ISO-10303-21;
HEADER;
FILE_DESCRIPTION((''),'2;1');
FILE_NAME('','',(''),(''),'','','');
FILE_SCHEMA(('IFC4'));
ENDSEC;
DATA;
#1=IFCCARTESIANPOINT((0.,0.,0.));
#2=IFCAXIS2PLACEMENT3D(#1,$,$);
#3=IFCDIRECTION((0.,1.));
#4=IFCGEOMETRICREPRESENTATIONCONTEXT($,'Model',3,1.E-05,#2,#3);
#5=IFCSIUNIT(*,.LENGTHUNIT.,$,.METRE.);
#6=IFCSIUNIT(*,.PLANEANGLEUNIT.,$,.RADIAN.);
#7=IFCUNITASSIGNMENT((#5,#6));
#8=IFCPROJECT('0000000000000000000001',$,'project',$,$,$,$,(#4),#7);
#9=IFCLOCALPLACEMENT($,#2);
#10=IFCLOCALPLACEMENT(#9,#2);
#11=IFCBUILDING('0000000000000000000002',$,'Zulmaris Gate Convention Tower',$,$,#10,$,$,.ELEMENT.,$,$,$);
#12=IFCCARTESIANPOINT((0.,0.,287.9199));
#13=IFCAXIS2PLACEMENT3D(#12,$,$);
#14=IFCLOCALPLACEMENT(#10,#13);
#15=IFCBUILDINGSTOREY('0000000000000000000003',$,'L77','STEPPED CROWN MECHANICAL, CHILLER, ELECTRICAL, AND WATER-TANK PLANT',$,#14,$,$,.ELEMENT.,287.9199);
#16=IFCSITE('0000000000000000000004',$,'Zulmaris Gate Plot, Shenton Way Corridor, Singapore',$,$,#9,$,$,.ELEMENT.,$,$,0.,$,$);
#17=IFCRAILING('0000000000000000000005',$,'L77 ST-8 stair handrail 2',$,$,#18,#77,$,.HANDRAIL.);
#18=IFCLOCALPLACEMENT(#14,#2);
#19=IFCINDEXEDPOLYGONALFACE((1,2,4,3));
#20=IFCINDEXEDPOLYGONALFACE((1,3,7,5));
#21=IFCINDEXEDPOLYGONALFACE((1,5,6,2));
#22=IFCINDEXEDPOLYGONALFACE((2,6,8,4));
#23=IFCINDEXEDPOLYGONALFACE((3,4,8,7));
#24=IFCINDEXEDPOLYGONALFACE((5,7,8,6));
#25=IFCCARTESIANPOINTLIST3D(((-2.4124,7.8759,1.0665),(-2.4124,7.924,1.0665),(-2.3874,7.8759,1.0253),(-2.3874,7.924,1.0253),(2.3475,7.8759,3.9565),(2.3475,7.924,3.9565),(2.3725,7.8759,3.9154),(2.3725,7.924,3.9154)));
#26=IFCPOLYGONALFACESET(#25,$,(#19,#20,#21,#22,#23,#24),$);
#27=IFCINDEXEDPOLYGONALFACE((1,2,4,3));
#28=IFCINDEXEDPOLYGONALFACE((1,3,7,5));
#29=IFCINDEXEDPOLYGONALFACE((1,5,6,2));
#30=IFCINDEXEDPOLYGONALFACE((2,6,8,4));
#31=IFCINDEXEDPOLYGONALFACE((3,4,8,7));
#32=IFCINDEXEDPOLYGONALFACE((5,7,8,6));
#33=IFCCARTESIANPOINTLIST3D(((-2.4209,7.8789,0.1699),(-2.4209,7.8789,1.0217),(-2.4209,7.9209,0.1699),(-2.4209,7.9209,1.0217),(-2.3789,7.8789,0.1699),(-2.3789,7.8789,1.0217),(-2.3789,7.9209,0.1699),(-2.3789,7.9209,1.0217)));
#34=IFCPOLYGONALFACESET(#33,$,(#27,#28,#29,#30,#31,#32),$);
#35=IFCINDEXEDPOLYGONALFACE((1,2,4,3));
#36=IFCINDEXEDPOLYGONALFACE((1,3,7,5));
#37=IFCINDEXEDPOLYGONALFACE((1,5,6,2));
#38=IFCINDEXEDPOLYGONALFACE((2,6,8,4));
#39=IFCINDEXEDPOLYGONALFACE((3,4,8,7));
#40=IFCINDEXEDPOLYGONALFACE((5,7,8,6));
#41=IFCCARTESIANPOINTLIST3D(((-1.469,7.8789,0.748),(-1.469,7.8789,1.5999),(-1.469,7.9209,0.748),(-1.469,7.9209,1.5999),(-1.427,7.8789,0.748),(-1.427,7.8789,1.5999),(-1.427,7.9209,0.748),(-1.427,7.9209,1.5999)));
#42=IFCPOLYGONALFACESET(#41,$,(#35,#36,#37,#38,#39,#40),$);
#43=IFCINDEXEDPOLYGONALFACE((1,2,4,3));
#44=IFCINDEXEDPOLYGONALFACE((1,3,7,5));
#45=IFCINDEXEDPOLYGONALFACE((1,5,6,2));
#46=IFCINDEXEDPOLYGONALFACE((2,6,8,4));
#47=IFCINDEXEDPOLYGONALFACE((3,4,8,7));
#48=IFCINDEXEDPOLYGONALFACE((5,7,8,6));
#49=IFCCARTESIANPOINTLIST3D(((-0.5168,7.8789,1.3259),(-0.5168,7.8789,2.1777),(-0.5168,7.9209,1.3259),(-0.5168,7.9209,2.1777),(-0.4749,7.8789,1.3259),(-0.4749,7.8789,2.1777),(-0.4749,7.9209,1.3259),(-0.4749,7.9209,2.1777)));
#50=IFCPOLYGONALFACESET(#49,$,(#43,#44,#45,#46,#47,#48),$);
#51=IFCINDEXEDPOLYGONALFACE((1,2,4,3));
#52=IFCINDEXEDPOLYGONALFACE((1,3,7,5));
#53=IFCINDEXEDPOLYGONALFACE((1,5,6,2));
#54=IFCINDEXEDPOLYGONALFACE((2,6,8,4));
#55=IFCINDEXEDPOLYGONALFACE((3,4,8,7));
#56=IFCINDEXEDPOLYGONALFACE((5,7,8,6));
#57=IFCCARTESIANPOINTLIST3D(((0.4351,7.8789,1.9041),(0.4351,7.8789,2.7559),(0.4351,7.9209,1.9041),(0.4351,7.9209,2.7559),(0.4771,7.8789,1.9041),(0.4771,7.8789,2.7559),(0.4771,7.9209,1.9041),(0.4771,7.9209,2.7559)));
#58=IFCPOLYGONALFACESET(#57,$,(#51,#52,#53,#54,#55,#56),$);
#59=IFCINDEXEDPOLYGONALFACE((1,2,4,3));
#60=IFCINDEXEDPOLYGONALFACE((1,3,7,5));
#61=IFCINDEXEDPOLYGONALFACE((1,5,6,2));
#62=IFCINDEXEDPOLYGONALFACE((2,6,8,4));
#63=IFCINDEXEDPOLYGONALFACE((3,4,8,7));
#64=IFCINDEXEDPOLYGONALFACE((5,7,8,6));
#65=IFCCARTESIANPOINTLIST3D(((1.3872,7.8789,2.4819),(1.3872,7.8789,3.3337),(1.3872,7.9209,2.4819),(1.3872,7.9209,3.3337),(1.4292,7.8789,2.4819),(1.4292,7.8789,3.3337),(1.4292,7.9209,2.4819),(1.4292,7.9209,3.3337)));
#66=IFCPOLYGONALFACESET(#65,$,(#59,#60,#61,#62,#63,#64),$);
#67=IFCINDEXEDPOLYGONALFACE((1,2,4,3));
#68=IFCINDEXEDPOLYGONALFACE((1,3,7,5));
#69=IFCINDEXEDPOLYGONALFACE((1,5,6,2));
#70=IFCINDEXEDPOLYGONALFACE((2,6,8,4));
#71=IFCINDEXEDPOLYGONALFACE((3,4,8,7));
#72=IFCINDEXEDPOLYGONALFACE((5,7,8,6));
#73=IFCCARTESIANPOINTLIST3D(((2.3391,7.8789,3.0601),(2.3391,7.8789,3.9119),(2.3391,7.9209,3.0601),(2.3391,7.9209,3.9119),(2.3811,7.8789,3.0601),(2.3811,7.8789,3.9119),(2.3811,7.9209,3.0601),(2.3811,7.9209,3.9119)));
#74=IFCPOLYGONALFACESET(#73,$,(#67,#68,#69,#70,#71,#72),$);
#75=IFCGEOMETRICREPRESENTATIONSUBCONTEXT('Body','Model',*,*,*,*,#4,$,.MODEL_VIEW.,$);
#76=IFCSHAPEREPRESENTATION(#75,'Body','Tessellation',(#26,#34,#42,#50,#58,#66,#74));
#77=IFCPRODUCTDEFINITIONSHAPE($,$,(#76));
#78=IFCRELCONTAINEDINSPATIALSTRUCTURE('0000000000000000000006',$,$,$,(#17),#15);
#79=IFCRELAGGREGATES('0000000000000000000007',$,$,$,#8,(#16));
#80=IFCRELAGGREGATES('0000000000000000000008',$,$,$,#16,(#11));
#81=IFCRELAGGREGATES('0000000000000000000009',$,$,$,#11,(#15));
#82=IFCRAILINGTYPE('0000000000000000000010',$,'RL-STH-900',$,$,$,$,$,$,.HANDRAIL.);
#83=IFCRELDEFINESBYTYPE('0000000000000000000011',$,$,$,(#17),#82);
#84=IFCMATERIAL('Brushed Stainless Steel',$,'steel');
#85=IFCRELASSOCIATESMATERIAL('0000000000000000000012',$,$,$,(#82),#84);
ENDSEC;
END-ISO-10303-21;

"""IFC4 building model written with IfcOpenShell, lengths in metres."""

from ifc_helpers import new_model, si_unit, direction, frame, origin, origin_2d, place, context, subcontext, project, spatial, rectangle, extrude, material, type_object, element, save


model = new_model("IFC4")

# Units and contexts
model_context = context("Model", 3, precision=1e-05, world=origin(), true_north=direction((0.0, 1.0)))
body_context = subcontext(model_context, "Body", "Model", "MODEL_VIEW")
ifc_project = project(units=[si_unit("LENGTHUNIT", "METRE"), si_unit("PLANEANGLEUNIT", "RADIAN")], contexts=[model_context])

# Site, building, storey
site_placement = place(None, origin())
site = spatial("IfcSite", under=ifc_project, at=site_placement, Name="Zulmaris Gate Plot, Shenton Way Corridor, Singapore", CompositionType="ELEMENT", RefElevation=0.0)
building_placement = place(site_placement, origin())
building = spatial("IfcBuilding", under=site, at=building_placement, Name="Zulmaris Gate Convention Tower", CompositionType="ELEMENT")
storey_placement = place(building_placement, frame((0.0, 0.0, 287.9199)))
storey = spatial("IfcBuildingStorey", under=building, at=storey_placement, Name="L77", Description="STEPPED CROWN MECHANICAL, CHILLER, ELECTRICAL, AND WATER-TANK PLANT", CompositionType="ELEMENT", Elevation=287.9199)

# Railing
ifc_material_1 = material(Name="Brushed Stainless Steel", Category="steel")
railing_type = type_object("IfcRailingType", Name="RL-STH-900", PredefinedType="HANDRAIL", material=ifc_material_1)
railing_placement = place(storey_placement, frame((-2.3999, 7.8999, 0.1699)))
element("IfcRailing", 1, at=railing_placement, inside=storey, type_object=railing_type, Name="L77 ST-8 stair handrail 2", PredefinedType="HANDRAIL", context=body_context, shape_type="SweptSolid", body=[
    extrude(rectangle(XDim=0.0481, YDim=0.0481, at=origin_2d()), frame((0.0, 0.0, 0.876), z_axis=(0.854777, 0.0, 0.518995), x_axis=(0.0, 1.0, 0.0)), (0.0, 0.0, 1.0), 5.5686),
    extrude(rectangle(XDim=0.042, YDim=0.042, at=origin_2d()), origin(), (0.0, 0.0, 1.0), 0.8518),
    extrude(rectangle(XDim=0.042, YDim=0.042, at=origin_2d()), frame((0.9519, 0.0, 0.5781)), (0.0, 0.0, 1.0), 0.8518),
    extrude(rectangle(XDim=0.042, YDim=0.042, at=origin_2d()), frame((1.9041, 0.0, 1.156)), (0.0, 0.0, 1.0), 0.8518),
    extrude(rectangle(XDim=0.042, YDim=0.042, at=origin_2d()), frame((2.856, 0.0, 1.7341)), (0.0, 0.0, 1.0), 0.8518),
    extrude(rectangle(XDim=0.042, YDim=0.042, at=origin_2d()), frame((3.8081, 0.0, 2.312)), (0.0, 0.0, 1.0), 0.8518),
    extrude(rectangle(XDim=0.042, YDim=0.042, at=origin_2d()), frame((4.76, 0.0, 2.8901)), (0.0, 0.0, 1.0), 0.8518),
])

save(model, "model.ifc")
